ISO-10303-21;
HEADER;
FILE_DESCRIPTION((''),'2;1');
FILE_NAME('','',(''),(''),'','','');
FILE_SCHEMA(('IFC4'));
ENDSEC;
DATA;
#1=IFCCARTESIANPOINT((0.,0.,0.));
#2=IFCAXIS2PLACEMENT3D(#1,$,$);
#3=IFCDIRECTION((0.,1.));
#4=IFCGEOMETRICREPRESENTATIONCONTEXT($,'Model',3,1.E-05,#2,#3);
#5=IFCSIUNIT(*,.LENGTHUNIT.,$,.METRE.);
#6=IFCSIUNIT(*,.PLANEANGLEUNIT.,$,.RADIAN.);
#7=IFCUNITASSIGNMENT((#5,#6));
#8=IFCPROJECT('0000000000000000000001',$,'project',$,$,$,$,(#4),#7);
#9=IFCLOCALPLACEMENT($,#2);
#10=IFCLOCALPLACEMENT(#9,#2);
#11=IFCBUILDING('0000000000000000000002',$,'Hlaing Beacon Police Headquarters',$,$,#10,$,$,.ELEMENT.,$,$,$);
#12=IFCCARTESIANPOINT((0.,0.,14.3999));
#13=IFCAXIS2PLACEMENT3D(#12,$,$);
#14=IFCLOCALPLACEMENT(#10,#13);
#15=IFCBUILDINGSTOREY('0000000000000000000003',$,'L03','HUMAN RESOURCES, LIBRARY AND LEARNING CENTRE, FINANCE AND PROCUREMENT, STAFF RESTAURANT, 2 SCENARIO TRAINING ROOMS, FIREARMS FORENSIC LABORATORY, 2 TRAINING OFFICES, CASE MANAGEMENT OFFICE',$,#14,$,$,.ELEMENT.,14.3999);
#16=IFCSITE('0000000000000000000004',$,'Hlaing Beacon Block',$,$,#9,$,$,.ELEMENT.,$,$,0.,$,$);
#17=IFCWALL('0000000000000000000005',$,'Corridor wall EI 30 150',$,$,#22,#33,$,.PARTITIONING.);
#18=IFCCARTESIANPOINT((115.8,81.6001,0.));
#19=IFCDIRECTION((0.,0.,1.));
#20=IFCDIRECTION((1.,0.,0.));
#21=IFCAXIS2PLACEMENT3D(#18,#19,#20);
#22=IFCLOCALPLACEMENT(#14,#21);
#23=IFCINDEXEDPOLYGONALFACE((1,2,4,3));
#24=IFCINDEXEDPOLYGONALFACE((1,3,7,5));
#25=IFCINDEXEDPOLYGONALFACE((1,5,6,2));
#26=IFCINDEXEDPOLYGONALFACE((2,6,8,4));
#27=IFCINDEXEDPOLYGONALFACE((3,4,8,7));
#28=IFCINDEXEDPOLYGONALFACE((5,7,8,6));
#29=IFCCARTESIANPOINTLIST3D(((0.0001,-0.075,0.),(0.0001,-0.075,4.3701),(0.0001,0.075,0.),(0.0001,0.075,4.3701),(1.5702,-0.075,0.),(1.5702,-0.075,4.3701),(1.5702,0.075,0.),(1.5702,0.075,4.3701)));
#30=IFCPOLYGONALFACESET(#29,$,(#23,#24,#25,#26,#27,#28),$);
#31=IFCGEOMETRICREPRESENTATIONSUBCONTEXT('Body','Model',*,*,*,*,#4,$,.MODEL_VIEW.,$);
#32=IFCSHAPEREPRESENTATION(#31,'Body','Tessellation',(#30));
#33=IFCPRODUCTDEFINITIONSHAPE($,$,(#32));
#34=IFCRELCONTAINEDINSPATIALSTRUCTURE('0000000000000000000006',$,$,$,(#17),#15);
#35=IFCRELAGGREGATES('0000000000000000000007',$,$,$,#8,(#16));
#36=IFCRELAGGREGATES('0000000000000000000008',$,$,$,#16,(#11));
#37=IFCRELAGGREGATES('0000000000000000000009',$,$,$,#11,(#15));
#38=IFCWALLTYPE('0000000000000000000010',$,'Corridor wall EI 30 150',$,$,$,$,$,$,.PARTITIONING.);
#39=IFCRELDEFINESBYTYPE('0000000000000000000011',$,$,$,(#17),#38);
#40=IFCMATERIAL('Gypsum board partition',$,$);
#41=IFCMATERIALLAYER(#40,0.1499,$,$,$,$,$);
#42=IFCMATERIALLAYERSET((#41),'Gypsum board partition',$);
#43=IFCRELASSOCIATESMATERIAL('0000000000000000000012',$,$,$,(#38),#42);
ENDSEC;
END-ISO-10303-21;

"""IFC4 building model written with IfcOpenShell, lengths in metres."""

from ifc_helpers import new_model, si_unit, direction, frame, frame_2d, origin, place, context, subcontext, project, spatial, rectangle, extrude, material, layer, layer_set, type_object, element, save


model = new_model("IFC4")

# Units and contexts
model_context = context("Model", 3, precision=1e-05, world=origin(), true_north=direction((0.0, 1.0)))
body_context = subcontext(model_context, "Body", "Model", "MODEL_VIEW")
ifc_project = project(units=[si_unit("LENGTHUNIT", "METRE"), si_unit("PLANEANGLEUNIT", "RADIAN")], contexts=[model_context])

# Site, building, storey
site_placement = place(None, origin())
site = spatial("IfcSite", under=ifc_project, at=site_placement, Name="Hlaing Beacon Block", CompositionType="ELEMENT", RefElevation=0.0)
building_placement = place(site_placement, origin())
building = spatial("IfcBuilding", under=site, at=building_placement, Name="Hlaing Beacon Police Headquarters", CompositionType="ELEMENT")
storey_placement = place(building_placement, frame((0.0, 0.0, 14.3999)))
storey = spatial("IfcBuildingStorey", under=building, at=storey_placement, Name="L03", Description="HUMAN RESOURCES, LIBRARY AND LEARNING CENTRE, FINANCE AND PROCUREMENT, STAFF RESTAURANT, 2 SCENARIO TRAINING ROOMS, FIREARMS FORENSIC LABORATORY, 2 TRAINING OFFICES, CASE MANAGEMENT OFFICE", CompositionType="ELEMENT", Elevation=14.3999)

# Wall
ifc_material_1 = material(Name="Gypsum board partition")
ifc_layer_1 = layer(ifc_material_1, 0.1499)
ifc_layer_set_1 = layer_set([ifc_layer_1], Name="Gypsum board partition")
wall_type_1 = type_object("IfcWallType", Name="Corridor wall EI 30 150", PredefinedType="PARTITIONING", material=ifc_layer_set_1)
wall_1_placement = place(storey_placement, frame((115.8, 81.6001, 0.0), z_axis=(0.0, 0.0, 1.0), x_axis=(1.0, 0.0, 0.0)))
element("IfcWall", 1, at=wall_1_placement, inside=storey, type_object=wall_type_1, Name="Corridor wall EI 30 150", PredefinedType="PARTITIONING", context=body_context, shape_type="SweptSolid", body=[
    extrude(rectangle(XDim=1.5701, YDim=0.1499, at=frame_2d((0.7852, 0.0))), origin(), (0.0, 0.0, 1.0), 4.3701),
])

save(model, "model.ifc")
